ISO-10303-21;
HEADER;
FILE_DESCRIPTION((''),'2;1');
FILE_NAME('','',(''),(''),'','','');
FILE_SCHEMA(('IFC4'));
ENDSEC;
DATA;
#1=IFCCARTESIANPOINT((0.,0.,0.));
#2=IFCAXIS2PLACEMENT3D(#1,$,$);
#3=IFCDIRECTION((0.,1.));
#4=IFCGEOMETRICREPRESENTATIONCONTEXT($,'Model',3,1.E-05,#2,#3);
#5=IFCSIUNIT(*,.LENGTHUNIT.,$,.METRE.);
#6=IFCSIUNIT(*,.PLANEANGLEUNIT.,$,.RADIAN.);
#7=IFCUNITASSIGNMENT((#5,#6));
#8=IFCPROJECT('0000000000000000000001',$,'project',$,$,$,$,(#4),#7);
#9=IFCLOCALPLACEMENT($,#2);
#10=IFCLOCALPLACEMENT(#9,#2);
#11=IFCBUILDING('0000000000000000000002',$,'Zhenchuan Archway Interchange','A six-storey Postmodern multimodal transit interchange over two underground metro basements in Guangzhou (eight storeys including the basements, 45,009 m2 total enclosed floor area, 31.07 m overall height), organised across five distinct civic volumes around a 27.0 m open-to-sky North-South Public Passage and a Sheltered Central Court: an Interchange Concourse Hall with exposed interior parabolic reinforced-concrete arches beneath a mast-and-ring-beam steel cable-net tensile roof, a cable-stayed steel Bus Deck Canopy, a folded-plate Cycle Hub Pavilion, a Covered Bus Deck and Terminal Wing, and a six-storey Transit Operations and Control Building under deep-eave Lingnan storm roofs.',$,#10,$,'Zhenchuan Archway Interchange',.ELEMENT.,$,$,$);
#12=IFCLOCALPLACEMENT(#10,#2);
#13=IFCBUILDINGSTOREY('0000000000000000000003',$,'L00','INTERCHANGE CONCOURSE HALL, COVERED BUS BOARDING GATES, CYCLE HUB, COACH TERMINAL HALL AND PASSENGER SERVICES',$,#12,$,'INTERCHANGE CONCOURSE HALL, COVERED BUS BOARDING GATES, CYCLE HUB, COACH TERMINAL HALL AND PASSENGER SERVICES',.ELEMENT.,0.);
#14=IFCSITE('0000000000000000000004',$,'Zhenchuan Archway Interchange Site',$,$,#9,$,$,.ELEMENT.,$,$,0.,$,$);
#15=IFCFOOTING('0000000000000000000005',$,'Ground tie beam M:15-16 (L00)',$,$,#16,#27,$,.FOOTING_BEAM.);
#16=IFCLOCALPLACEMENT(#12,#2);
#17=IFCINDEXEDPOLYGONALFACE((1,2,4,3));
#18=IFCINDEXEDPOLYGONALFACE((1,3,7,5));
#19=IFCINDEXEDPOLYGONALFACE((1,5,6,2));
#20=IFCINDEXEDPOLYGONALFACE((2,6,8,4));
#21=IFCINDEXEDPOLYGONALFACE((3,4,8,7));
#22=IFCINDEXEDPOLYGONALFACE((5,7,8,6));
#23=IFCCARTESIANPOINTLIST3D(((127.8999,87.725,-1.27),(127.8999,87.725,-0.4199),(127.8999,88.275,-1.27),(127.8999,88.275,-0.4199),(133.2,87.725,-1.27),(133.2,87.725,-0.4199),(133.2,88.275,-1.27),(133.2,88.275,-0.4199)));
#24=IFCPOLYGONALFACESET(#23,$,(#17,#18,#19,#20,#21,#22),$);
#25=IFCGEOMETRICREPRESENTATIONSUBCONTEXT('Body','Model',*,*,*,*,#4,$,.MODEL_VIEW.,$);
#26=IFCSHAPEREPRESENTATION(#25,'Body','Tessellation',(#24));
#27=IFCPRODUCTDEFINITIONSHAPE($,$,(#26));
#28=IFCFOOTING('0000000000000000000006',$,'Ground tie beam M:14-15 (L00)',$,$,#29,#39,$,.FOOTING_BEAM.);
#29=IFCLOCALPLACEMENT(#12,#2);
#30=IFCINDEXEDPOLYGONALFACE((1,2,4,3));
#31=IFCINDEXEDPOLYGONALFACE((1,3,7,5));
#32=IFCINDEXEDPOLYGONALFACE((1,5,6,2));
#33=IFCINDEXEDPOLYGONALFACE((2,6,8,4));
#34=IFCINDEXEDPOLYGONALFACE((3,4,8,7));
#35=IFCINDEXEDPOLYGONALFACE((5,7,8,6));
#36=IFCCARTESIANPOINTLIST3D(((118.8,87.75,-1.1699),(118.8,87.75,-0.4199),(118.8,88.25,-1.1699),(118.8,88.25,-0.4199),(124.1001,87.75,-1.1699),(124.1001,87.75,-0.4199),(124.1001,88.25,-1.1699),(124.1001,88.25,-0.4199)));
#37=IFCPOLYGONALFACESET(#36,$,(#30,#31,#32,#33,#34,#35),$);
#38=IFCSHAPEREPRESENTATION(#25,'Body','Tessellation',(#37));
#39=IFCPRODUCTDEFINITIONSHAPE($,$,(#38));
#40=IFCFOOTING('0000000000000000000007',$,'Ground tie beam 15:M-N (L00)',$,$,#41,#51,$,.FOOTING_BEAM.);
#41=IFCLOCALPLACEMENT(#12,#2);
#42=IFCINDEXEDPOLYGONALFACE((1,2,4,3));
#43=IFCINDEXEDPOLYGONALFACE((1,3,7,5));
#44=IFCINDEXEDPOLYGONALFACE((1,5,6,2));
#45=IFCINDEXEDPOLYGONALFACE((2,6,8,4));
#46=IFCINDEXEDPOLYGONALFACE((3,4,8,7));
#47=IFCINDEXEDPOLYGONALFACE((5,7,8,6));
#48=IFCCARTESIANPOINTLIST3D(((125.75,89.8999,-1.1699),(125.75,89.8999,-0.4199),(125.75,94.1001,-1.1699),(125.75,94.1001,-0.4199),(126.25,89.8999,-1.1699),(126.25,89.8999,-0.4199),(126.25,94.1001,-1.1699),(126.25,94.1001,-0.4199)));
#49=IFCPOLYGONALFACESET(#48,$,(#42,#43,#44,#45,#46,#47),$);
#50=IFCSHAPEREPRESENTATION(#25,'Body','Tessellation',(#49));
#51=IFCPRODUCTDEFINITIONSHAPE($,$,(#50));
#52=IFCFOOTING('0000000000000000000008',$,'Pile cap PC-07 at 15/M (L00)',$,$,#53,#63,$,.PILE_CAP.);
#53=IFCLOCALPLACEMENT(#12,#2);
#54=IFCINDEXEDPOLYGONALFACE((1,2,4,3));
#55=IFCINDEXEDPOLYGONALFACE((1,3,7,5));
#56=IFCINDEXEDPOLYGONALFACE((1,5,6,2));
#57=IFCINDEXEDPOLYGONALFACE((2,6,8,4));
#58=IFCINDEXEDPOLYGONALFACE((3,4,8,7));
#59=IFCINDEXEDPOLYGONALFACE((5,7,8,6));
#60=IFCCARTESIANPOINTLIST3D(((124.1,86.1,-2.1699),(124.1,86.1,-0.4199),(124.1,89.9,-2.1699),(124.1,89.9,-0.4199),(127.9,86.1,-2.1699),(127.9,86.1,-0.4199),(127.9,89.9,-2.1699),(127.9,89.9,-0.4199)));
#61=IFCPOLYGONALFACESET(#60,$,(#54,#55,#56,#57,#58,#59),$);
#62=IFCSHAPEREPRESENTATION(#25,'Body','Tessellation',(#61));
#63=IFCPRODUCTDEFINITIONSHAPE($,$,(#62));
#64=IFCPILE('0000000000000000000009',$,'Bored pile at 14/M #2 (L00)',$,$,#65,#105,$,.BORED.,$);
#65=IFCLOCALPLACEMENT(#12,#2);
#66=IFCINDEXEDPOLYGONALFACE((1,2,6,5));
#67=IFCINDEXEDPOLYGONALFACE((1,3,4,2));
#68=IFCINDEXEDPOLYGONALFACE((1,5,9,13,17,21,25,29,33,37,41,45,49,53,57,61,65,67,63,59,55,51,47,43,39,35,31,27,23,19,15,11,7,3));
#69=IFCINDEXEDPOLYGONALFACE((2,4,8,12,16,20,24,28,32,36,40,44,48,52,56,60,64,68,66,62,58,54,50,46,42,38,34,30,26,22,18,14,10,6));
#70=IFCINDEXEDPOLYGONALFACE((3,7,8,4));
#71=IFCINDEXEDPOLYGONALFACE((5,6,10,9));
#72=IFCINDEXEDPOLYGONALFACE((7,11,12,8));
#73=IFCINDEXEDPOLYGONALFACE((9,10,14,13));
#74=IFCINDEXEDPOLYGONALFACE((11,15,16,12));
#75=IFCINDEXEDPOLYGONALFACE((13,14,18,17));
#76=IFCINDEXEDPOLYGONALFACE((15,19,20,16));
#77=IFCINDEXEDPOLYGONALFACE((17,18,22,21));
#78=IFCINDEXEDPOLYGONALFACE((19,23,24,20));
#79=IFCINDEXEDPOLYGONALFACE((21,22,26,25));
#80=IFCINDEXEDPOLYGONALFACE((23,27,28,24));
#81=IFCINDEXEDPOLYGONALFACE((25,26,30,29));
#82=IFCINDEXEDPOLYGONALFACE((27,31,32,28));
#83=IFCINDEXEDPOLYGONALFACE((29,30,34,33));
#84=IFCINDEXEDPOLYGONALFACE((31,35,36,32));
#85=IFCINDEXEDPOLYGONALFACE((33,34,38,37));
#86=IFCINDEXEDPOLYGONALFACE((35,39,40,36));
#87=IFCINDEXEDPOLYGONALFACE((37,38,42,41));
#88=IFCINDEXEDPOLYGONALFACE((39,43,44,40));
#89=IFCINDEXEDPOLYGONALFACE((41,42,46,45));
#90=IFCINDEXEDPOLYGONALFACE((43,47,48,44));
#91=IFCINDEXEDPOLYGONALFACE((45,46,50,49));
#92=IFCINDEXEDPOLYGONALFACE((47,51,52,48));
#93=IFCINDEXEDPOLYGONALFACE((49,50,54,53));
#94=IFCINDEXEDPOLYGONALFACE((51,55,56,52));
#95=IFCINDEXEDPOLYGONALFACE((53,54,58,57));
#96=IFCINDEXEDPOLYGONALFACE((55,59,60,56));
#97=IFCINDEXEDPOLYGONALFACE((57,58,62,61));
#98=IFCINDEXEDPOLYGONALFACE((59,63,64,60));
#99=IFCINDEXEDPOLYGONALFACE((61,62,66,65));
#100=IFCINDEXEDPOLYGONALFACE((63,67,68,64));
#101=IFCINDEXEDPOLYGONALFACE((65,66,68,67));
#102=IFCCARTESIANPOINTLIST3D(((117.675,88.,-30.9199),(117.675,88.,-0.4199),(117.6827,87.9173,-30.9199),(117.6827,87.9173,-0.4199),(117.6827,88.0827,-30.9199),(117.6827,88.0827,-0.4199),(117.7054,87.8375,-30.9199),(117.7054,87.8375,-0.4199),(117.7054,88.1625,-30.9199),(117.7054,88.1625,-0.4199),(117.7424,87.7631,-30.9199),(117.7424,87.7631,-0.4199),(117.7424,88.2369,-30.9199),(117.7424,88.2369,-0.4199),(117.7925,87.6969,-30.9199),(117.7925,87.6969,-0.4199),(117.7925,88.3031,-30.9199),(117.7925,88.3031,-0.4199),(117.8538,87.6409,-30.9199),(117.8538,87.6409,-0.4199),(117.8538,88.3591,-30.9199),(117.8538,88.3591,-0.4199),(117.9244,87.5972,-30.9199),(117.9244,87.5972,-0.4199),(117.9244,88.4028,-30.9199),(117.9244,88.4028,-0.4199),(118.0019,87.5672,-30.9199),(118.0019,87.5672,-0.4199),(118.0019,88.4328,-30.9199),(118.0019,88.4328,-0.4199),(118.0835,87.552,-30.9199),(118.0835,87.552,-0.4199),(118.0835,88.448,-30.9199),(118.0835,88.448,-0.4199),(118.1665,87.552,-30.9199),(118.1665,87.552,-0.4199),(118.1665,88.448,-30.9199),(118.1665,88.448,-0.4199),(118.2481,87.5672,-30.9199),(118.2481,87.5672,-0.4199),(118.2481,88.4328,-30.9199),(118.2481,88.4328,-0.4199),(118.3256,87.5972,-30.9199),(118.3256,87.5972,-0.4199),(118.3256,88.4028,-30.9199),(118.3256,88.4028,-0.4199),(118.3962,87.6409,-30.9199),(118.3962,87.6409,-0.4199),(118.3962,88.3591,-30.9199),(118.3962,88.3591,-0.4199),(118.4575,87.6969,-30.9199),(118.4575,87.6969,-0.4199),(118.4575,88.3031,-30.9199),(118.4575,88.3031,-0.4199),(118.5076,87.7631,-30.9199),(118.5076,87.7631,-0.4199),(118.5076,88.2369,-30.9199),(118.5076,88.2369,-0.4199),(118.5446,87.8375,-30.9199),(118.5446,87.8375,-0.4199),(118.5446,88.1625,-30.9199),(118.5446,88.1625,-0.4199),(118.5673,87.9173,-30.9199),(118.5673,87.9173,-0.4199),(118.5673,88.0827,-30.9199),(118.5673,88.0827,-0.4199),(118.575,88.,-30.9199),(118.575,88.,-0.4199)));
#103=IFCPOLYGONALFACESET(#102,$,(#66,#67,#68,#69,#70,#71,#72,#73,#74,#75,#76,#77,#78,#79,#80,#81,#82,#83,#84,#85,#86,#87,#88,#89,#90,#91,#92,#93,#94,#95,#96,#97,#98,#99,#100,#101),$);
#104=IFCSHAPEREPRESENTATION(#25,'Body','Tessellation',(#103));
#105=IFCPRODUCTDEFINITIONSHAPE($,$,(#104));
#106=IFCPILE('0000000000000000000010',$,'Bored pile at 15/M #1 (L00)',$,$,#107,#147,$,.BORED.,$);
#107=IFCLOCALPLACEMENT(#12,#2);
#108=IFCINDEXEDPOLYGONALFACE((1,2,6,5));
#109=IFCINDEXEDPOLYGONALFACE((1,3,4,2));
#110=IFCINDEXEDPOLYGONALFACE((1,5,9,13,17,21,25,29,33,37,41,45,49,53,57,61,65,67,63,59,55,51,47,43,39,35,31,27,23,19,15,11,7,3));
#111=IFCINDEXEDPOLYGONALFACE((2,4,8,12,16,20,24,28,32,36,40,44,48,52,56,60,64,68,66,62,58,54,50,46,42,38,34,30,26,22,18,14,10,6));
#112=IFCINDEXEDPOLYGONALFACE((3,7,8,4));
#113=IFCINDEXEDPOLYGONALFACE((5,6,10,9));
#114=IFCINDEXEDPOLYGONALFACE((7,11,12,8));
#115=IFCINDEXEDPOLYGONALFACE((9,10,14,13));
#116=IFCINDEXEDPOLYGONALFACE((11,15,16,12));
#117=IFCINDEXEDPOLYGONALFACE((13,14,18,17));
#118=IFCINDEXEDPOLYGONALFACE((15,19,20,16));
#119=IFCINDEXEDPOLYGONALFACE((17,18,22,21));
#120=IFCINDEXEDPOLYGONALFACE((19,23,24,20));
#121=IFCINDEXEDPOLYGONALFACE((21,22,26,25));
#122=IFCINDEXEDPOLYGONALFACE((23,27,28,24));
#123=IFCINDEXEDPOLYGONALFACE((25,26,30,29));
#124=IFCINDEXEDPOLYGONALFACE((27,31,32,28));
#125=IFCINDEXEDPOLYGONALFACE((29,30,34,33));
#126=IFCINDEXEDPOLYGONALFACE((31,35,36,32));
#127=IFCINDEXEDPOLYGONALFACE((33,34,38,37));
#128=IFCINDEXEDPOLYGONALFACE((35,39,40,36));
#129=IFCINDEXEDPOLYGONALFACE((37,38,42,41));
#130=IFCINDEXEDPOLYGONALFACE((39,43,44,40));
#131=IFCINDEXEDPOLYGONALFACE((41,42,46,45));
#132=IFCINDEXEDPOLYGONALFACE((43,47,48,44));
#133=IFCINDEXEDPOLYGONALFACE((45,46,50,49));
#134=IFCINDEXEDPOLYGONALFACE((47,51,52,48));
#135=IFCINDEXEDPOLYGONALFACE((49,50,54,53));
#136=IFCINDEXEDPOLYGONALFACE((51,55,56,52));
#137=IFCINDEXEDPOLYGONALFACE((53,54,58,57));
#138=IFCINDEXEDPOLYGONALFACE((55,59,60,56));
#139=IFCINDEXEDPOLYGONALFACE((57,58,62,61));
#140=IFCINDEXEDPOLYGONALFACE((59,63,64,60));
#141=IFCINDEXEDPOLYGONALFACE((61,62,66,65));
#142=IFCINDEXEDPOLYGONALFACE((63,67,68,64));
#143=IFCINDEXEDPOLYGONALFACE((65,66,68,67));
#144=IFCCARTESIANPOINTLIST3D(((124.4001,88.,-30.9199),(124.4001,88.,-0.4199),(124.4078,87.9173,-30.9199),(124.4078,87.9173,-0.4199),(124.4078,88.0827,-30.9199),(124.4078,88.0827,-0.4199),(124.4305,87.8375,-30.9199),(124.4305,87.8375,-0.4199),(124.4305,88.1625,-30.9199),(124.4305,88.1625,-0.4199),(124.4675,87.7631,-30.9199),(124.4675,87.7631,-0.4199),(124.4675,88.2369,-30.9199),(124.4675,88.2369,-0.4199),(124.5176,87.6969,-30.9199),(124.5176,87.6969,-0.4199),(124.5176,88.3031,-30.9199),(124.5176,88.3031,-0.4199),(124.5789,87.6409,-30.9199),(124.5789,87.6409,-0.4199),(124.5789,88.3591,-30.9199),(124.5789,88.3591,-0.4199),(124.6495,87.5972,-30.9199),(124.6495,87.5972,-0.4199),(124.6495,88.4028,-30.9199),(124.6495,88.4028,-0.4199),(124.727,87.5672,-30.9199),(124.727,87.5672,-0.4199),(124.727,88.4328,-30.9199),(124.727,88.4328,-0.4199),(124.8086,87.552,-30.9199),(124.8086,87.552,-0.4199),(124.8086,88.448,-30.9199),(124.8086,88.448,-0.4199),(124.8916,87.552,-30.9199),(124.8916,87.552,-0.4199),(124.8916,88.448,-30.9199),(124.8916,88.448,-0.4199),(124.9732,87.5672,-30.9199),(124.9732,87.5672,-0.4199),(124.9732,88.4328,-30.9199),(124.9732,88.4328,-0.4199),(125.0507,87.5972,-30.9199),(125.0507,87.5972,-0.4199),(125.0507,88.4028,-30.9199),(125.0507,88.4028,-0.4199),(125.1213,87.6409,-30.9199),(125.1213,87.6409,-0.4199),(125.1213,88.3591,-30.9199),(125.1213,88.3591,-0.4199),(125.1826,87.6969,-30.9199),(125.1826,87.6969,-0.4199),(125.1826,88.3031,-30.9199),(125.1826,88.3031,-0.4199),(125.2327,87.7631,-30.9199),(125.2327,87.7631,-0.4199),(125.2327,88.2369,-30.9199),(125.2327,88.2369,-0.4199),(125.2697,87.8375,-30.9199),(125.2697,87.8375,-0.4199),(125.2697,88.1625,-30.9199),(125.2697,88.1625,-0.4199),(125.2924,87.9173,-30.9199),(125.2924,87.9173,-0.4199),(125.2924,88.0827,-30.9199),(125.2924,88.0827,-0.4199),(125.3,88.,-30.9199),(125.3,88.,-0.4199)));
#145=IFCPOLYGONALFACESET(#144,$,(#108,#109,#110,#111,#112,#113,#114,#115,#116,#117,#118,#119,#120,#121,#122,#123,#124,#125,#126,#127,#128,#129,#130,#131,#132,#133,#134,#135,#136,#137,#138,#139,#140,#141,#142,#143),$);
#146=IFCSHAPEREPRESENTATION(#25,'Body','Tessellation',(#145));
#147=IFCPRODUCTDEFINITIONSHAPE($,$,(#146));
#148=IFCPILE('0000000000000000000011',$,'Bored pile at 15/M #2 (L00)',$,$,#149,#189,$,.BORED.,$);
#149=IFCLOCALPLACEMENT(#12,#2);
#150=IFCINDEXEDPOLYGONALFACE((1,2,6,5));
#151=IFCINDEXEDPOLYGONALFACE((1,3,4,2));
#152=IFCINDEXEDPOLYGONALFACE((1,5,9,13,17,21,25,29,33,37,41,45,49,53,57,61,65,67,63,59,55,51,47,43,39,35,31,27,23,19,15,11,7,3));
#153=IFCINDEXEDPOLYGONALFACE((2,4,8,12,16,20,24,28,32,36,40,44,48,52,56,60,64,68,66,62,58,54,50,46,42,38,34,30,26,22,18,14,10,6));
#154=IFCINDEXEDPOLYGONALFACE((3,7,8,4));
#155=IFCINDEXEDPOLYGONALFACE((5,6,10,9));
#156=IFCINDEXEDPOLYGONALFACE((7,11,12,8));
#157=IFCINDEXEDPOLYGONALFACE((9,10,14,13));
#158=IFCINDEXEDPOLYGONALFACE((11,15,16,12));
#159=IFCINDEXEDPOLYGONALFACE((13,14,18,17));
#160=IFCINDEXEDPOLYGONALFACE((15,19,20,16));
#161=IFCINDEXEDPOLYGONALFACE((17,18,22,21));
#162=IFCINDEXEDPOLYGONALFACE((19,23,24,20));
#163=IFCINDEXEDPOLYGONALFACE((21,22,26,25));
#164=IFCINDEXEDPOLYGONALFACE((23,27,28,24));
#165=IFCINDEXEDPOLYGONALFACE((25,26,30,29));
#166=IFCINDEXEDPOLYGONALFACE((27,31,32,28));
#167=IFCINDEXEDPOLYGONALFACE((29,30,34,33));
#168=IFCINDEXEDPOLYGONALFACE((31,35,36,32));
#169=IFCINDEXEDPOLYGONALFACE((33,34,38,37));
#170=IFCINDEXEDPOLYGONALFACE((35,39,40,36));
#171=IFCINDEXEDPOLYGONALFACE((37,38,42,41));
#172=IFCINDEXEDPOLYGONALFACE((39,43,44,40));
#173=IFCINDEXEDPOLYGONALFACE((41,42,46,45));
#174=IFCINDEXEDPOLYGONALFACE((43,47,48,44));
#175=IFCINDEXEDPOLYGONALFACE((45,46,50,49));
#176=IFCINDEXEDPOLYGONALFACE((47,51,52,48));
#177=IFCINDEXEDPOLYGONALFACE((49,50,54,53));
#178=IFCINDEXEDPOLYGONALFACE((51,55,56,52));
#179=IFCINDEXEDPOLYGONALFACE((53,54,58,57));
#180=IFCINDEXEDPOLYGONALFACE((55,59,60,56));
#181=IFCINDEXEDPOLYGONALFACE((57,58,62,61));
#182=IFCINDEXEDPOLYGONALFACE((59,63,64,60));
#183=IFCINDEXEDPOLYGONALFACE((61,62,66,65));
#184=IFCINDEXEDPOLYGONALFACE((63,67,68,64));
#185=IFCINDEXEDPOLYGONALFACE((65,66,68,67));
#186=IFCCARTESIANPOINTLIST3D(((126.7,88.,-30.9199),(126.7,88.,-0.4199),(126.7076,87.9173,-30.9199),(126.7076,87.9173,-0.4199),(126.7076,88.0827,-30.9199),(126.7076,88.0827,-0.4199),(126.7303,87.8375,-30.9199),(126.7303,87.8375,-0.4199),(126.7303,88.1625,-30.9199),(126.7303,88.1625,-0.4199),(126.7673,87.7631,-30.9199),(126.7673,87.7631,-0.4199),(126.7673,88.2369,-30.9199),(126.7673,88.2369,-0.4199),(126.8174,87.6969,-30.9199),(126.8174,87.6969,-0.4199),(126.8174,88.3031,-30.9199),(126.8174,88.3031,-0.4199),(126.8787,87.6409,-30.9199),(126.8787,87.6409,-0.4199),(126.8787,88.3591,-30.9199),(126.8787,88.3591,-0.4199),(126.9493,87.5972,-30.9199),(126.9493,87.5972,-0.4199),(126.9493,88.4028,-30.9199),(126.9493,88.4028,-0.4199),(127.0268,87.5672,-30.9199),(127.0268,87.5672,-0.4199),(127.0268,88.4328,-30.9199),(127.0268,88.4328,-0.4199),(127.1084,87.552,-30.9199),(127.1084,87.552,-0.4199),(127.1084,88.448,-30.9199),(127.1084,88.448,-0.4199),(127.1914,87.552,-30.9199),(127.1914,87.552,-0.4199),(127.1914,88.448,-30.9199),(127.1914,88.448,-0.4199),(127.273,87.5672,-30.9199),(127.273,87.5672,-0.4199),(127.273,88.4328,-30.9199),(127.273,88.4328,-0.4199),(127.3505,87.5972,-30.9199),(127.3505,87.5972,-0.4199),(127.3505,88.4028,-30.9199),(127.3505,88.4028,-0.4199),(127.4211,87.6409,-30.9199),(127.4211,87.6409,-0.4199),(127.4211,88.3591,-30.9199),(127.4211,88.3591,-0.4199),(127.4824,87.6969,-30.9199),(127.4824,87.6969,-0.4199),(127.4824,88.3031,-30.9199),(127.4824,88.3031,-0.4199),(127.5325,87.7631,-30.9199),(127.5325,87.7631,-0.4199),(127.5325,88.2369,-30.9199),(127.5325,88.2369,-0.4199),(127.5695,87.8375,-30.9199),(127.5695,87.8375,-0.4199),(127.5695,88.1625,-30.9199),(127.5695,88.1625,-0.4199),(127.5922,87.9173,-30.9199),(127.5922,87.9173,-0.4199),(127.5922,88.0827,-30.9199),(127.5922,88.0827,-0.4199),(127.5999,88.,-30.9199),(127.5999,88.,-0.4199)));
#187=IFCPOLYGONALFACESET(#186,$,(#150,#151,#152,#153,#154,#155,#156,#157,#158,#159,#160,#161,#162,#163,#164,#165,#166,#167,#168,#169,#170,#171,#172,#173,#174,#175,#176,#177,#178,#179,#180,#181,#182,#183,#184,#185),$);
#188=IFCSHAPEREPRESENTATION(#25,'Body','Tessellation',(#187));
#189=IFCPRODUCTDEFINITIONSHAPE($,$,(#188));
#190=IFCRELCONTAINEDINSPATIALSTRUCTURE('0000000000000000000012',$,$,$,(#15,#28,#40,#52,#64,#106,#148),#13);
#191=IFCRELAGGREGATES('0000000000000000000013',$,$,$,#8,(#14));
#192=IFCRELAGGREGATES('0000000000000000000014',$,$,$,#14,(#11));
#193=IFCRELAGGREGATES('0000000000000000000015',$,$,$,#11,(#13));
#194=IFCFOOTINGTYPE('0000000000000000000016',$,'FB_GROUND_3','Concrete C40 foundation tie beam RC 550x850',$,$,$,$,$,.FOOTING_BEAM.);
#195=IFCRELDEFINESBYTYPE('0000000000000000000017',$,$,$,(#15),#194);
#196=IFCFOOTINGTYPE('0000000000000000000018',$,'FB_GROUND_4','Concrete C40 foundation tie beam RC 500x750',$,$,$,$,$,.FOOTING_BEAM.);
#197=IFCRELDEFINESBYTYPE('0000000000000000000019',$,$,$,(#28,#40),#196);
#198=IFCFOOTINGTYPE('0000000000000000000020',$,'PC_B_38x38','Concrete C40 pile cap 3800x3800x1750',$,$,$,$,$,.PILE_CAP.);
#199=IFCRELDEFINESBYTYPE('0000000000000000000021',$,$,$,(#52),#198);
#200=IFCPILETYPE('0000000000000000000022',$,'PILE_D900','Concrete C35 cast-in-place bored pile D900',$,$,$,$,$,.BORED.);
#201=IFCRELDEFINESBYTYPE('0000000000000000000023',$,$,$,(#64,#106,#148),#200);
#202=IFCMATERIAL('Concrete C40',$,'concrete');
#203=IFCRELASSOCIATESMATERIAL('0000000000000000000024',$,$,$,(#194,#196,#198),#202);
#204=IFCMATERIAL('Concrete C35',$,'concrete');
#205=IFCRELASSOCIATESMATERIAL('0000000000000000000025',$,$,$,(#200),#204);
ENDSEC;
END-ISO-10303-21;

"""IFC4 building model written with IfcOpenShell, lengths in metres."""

from ifc_helpers import new_model, si_unit, direction, frame, origin, origin_2d, place, context, subcontext, project, spatial, rectangle, circle, extrude, material, material_profile, profile_set, type_object, element, save


model = new_model("IFC4")

# Units and contexts
model_context = context("Model", 3, precision=1e-05, world=origin(), true_north=direction((0.0, 1.0)))
body_context = subcontext(model_context, "Body", "Model", "MODEL_VIEW")
ifc_project = project(units=[si_unit("LENGTHUNIT", "METRE"), si_unit("PLANEANGLEUNIT", "RADIAN")], contexts=[model_context])

# Site, building, storey
site_placement = place(None, origin())
site = spatial("IfcSite", under=ifc_project, at=site_placement, Name="Zhenchuan Archway Interchange Site", CompositionType="ELEMENT", RefElevation=0.0)
building_placement = place(site_placement, origin())
building = spatial("IfcBuilding", under=site, at=building_placement, Name="Zhenchuan Archway Interchange", Description="A six-storey Postmodern multimodal transit interchange over two underground metro basements in Guangzhou (eight storeys including the basements, 45,009 m2 total enclosed floor area, 31.07 m overall height), organised across five distinct civic volumes around a 27.0 m open-to-sky North-South Public Passage and a Sheltered Central Court: an Interchange Concourse Hall with exposed interior parabolic reinforced-concrete arches beneath a mast-and-ring-beam steel cable-net tensile roof, a cable-stayed steel Bus Deck Canopy, a folded-plate Cycle Hub Pavilion, a Covered Bus Deck and Terminal Wing, and a six-storey Transit Operations and Control Building under deep-eave Lingnan storm roofs.", LongName="Zhenchuan Archway Interchange", CompositionType="ELEMENT")
storey_placement = place(building_placement, origin())
storey = spatial("IfcBuildingStorey", under=building, at=storey_placement, Name="L00", Description="INTERCHANGE CONCOURSE HALL, COVERED BUS BOARDING GATES, CYCLE HUB, COACH TERMINAL HALL AND PASSENGER SERVICES", LongName="INTERCHANGE CONCOURSE HALL, COVERED BUS BOARDING GATES, CYCLE HUB, COACH TERMINAL HALL AND PASSENGER SERVICES", CompositionType="ELEMENT", Elevation=0.0)

# Footings
ifc_material_1 = material(Name="Concrete C40", Category="concrete")
ifc_material_profile_1 = material_profile(ifc_material_1, rectangle(XDim=0.55, YDim=0.8501, at=origin_2d()), Name="RC 550x850")
ifc_profile_set_1 = profile_set([ifc_material_profile_1], Name="Concrete C40")
footing_type_1 = type_object("IfcFootingType", Name="FB_GROUND_3", Description="Concrete C40 foundation tie beam RC 550x850", PredefinedType="FOOTING_BEAM", material=ifc_profile_set_1)
footing_1_placement = place(storey_placement, frame((127.8999, 88.0, -0.845), z_axis=(1.0, 0.0, 0.0), x_axis=(0.0, 1.0, 0.0)))
element("IfcFooting", 1, at=footing_1_placement, inside=storey, type_object=footing_type_1, Name="Ground tie beam M:15-16 (L00)", PredefinedType="FOOTING_BEAM", context=body_context, shape_type="SweptSolid", body=[
    extrude(rectangle(XDim=0.55, YDim=0.8501, at=origin_2d()), origin(), (0.0, 0.0, 1.0), 5.3),
])
ifc_material_profile_2 = material_profile(ifc_material_1, rectangle(XDim=0.5, YDim=0.75, at=origin_2d()), Name="RC 500x750")
ifc_profile_set_2 = profile_set([ifc_material_profile_2], Name="Concrete C40")
footing_type_2 = type_object("IfcFootingType", Name="FB_GROUND_4", Description="Concrete C40 foundation tie beam RC 500x750", PredefinedType="FOOTING_BEAM", material=ifc_profile_set_2)
footing_2_placement = place(storey_placement, frame((118.8, 88.0, -0.7949), z_axis=(1.0, 0.0, 0.0), x_axis=(0.0, 1.0, 0.0)))
element("IfcFooting", 2, at=footing_2_placement, inside=storey, type_object=footing_type_2, Name="Ground tie beam M:14-15 (L00)", PredefinedType="FOOTING_BEAM", context=body_context, shape_type="SweptSolid", body=[
    extrude(rectangle(XDim=0.5, YDim=0.75, at=origin_2d()), origin(), (0.0, 0.0, 1.0), 5.3),
])
footing_3_placement = place(storey_placement, frame((126.0, 89.8999, -0.7949), z_axis=(0.0, 1.0, 0.0), x_axis=(-1.0, 0.0, 0.0)))
element("IfcFooting", 3, at=footing_3_placement, inside=storey, type_object=footing_type_2, Name="Ground tie beam 15:M-N (L00)", PredefinedType="FOOTING_BEAM", context=body_context, shape_type="SweptSolid", body=[
    extrude(rectangle(XDim=0.5, YDim=0.75, at=origin_2d()), origin(), (0.0, 0.0, 1.0), 4.2002),
])
footing_type_3 = type_object("IfcFootingType", Name="PC_B_38x38", Description="Concrete C40 pile cap 3800x3800x1750", PredefinedType="PILE_CAP", material=ifc_material_1)
footing_4_placement = place(storey_placement, frame((126.0, 88.0, -2.1699), z_axis=(0.0, 0.0, 1.0), x_axis=(1.0, 0.0, 0.0)))
element("IfcFooting", 4, at=footing_4_placement, inside=storey, type_object=footing_type_3, Name="Pile cap PC-07 at 15/M (L00)", PredefinedType="PILE_CAP", context=body_context, shape_type="SweptSolid", body=[
    extrude(rectangle(XDim=3.8, YDim=3.8, at=origin_2d()), origin(), (0.0, 0.0, 1.0), 1.75),
])

# Piles
ifc_material_2 = material(Name="Concrete C35", Category="concrete")
ifc_material_profile_3 = material_profile(ifc_material_2, circle(Radius=0.45, at=origin_2d()), Name="BORED PILE 900")
ifc_profile_set_3 = profile_set([ifc_material_profile_3], Name="Concrete C35")
pile_type = type_object("IfcPileType", Name="PILE_D900", Description="Concrete C35 cast-in-place bored pile D900", PredefinedType="BORED", material=ifc_profile_set_3)
for number, where, z_axis, x_axis, name in (
    (5, (118.125, 88.0, -0.4199), (0.0, 0.0, -1.0), (1.0, 0.0, 0.0), "Bored pile at 14/M #2 (L00)"),
    (6, (124.8501, 88.0, -0.4199), (0.0, 0.0, -1.0), (1.0, 0.0, 0.0), "Bored pile at 15/M #1 (L00)"),
    (7, (127.1499, 88.0, -0.4199), (0.0, 0.0, -1.0), (1.0, 0.0, 0.0), "Bored pile at 15/M #2 (L00)"),
):
    element("IfcPile", number, at=place(storey_placement, frame(where, z_axis=z_axis, x_axis=x_axis)), inside=storey, type_object=pile_type, Name=name, PredefinedType="BORED", context=body_context, shape_type="SweptSolid", body=[
        extrude(circle(Radius=0.45, at=origin_2d()), origin(), (0.0, 0.0, 1.0), 30.5),
    ])

save(model, "model.ifc")
